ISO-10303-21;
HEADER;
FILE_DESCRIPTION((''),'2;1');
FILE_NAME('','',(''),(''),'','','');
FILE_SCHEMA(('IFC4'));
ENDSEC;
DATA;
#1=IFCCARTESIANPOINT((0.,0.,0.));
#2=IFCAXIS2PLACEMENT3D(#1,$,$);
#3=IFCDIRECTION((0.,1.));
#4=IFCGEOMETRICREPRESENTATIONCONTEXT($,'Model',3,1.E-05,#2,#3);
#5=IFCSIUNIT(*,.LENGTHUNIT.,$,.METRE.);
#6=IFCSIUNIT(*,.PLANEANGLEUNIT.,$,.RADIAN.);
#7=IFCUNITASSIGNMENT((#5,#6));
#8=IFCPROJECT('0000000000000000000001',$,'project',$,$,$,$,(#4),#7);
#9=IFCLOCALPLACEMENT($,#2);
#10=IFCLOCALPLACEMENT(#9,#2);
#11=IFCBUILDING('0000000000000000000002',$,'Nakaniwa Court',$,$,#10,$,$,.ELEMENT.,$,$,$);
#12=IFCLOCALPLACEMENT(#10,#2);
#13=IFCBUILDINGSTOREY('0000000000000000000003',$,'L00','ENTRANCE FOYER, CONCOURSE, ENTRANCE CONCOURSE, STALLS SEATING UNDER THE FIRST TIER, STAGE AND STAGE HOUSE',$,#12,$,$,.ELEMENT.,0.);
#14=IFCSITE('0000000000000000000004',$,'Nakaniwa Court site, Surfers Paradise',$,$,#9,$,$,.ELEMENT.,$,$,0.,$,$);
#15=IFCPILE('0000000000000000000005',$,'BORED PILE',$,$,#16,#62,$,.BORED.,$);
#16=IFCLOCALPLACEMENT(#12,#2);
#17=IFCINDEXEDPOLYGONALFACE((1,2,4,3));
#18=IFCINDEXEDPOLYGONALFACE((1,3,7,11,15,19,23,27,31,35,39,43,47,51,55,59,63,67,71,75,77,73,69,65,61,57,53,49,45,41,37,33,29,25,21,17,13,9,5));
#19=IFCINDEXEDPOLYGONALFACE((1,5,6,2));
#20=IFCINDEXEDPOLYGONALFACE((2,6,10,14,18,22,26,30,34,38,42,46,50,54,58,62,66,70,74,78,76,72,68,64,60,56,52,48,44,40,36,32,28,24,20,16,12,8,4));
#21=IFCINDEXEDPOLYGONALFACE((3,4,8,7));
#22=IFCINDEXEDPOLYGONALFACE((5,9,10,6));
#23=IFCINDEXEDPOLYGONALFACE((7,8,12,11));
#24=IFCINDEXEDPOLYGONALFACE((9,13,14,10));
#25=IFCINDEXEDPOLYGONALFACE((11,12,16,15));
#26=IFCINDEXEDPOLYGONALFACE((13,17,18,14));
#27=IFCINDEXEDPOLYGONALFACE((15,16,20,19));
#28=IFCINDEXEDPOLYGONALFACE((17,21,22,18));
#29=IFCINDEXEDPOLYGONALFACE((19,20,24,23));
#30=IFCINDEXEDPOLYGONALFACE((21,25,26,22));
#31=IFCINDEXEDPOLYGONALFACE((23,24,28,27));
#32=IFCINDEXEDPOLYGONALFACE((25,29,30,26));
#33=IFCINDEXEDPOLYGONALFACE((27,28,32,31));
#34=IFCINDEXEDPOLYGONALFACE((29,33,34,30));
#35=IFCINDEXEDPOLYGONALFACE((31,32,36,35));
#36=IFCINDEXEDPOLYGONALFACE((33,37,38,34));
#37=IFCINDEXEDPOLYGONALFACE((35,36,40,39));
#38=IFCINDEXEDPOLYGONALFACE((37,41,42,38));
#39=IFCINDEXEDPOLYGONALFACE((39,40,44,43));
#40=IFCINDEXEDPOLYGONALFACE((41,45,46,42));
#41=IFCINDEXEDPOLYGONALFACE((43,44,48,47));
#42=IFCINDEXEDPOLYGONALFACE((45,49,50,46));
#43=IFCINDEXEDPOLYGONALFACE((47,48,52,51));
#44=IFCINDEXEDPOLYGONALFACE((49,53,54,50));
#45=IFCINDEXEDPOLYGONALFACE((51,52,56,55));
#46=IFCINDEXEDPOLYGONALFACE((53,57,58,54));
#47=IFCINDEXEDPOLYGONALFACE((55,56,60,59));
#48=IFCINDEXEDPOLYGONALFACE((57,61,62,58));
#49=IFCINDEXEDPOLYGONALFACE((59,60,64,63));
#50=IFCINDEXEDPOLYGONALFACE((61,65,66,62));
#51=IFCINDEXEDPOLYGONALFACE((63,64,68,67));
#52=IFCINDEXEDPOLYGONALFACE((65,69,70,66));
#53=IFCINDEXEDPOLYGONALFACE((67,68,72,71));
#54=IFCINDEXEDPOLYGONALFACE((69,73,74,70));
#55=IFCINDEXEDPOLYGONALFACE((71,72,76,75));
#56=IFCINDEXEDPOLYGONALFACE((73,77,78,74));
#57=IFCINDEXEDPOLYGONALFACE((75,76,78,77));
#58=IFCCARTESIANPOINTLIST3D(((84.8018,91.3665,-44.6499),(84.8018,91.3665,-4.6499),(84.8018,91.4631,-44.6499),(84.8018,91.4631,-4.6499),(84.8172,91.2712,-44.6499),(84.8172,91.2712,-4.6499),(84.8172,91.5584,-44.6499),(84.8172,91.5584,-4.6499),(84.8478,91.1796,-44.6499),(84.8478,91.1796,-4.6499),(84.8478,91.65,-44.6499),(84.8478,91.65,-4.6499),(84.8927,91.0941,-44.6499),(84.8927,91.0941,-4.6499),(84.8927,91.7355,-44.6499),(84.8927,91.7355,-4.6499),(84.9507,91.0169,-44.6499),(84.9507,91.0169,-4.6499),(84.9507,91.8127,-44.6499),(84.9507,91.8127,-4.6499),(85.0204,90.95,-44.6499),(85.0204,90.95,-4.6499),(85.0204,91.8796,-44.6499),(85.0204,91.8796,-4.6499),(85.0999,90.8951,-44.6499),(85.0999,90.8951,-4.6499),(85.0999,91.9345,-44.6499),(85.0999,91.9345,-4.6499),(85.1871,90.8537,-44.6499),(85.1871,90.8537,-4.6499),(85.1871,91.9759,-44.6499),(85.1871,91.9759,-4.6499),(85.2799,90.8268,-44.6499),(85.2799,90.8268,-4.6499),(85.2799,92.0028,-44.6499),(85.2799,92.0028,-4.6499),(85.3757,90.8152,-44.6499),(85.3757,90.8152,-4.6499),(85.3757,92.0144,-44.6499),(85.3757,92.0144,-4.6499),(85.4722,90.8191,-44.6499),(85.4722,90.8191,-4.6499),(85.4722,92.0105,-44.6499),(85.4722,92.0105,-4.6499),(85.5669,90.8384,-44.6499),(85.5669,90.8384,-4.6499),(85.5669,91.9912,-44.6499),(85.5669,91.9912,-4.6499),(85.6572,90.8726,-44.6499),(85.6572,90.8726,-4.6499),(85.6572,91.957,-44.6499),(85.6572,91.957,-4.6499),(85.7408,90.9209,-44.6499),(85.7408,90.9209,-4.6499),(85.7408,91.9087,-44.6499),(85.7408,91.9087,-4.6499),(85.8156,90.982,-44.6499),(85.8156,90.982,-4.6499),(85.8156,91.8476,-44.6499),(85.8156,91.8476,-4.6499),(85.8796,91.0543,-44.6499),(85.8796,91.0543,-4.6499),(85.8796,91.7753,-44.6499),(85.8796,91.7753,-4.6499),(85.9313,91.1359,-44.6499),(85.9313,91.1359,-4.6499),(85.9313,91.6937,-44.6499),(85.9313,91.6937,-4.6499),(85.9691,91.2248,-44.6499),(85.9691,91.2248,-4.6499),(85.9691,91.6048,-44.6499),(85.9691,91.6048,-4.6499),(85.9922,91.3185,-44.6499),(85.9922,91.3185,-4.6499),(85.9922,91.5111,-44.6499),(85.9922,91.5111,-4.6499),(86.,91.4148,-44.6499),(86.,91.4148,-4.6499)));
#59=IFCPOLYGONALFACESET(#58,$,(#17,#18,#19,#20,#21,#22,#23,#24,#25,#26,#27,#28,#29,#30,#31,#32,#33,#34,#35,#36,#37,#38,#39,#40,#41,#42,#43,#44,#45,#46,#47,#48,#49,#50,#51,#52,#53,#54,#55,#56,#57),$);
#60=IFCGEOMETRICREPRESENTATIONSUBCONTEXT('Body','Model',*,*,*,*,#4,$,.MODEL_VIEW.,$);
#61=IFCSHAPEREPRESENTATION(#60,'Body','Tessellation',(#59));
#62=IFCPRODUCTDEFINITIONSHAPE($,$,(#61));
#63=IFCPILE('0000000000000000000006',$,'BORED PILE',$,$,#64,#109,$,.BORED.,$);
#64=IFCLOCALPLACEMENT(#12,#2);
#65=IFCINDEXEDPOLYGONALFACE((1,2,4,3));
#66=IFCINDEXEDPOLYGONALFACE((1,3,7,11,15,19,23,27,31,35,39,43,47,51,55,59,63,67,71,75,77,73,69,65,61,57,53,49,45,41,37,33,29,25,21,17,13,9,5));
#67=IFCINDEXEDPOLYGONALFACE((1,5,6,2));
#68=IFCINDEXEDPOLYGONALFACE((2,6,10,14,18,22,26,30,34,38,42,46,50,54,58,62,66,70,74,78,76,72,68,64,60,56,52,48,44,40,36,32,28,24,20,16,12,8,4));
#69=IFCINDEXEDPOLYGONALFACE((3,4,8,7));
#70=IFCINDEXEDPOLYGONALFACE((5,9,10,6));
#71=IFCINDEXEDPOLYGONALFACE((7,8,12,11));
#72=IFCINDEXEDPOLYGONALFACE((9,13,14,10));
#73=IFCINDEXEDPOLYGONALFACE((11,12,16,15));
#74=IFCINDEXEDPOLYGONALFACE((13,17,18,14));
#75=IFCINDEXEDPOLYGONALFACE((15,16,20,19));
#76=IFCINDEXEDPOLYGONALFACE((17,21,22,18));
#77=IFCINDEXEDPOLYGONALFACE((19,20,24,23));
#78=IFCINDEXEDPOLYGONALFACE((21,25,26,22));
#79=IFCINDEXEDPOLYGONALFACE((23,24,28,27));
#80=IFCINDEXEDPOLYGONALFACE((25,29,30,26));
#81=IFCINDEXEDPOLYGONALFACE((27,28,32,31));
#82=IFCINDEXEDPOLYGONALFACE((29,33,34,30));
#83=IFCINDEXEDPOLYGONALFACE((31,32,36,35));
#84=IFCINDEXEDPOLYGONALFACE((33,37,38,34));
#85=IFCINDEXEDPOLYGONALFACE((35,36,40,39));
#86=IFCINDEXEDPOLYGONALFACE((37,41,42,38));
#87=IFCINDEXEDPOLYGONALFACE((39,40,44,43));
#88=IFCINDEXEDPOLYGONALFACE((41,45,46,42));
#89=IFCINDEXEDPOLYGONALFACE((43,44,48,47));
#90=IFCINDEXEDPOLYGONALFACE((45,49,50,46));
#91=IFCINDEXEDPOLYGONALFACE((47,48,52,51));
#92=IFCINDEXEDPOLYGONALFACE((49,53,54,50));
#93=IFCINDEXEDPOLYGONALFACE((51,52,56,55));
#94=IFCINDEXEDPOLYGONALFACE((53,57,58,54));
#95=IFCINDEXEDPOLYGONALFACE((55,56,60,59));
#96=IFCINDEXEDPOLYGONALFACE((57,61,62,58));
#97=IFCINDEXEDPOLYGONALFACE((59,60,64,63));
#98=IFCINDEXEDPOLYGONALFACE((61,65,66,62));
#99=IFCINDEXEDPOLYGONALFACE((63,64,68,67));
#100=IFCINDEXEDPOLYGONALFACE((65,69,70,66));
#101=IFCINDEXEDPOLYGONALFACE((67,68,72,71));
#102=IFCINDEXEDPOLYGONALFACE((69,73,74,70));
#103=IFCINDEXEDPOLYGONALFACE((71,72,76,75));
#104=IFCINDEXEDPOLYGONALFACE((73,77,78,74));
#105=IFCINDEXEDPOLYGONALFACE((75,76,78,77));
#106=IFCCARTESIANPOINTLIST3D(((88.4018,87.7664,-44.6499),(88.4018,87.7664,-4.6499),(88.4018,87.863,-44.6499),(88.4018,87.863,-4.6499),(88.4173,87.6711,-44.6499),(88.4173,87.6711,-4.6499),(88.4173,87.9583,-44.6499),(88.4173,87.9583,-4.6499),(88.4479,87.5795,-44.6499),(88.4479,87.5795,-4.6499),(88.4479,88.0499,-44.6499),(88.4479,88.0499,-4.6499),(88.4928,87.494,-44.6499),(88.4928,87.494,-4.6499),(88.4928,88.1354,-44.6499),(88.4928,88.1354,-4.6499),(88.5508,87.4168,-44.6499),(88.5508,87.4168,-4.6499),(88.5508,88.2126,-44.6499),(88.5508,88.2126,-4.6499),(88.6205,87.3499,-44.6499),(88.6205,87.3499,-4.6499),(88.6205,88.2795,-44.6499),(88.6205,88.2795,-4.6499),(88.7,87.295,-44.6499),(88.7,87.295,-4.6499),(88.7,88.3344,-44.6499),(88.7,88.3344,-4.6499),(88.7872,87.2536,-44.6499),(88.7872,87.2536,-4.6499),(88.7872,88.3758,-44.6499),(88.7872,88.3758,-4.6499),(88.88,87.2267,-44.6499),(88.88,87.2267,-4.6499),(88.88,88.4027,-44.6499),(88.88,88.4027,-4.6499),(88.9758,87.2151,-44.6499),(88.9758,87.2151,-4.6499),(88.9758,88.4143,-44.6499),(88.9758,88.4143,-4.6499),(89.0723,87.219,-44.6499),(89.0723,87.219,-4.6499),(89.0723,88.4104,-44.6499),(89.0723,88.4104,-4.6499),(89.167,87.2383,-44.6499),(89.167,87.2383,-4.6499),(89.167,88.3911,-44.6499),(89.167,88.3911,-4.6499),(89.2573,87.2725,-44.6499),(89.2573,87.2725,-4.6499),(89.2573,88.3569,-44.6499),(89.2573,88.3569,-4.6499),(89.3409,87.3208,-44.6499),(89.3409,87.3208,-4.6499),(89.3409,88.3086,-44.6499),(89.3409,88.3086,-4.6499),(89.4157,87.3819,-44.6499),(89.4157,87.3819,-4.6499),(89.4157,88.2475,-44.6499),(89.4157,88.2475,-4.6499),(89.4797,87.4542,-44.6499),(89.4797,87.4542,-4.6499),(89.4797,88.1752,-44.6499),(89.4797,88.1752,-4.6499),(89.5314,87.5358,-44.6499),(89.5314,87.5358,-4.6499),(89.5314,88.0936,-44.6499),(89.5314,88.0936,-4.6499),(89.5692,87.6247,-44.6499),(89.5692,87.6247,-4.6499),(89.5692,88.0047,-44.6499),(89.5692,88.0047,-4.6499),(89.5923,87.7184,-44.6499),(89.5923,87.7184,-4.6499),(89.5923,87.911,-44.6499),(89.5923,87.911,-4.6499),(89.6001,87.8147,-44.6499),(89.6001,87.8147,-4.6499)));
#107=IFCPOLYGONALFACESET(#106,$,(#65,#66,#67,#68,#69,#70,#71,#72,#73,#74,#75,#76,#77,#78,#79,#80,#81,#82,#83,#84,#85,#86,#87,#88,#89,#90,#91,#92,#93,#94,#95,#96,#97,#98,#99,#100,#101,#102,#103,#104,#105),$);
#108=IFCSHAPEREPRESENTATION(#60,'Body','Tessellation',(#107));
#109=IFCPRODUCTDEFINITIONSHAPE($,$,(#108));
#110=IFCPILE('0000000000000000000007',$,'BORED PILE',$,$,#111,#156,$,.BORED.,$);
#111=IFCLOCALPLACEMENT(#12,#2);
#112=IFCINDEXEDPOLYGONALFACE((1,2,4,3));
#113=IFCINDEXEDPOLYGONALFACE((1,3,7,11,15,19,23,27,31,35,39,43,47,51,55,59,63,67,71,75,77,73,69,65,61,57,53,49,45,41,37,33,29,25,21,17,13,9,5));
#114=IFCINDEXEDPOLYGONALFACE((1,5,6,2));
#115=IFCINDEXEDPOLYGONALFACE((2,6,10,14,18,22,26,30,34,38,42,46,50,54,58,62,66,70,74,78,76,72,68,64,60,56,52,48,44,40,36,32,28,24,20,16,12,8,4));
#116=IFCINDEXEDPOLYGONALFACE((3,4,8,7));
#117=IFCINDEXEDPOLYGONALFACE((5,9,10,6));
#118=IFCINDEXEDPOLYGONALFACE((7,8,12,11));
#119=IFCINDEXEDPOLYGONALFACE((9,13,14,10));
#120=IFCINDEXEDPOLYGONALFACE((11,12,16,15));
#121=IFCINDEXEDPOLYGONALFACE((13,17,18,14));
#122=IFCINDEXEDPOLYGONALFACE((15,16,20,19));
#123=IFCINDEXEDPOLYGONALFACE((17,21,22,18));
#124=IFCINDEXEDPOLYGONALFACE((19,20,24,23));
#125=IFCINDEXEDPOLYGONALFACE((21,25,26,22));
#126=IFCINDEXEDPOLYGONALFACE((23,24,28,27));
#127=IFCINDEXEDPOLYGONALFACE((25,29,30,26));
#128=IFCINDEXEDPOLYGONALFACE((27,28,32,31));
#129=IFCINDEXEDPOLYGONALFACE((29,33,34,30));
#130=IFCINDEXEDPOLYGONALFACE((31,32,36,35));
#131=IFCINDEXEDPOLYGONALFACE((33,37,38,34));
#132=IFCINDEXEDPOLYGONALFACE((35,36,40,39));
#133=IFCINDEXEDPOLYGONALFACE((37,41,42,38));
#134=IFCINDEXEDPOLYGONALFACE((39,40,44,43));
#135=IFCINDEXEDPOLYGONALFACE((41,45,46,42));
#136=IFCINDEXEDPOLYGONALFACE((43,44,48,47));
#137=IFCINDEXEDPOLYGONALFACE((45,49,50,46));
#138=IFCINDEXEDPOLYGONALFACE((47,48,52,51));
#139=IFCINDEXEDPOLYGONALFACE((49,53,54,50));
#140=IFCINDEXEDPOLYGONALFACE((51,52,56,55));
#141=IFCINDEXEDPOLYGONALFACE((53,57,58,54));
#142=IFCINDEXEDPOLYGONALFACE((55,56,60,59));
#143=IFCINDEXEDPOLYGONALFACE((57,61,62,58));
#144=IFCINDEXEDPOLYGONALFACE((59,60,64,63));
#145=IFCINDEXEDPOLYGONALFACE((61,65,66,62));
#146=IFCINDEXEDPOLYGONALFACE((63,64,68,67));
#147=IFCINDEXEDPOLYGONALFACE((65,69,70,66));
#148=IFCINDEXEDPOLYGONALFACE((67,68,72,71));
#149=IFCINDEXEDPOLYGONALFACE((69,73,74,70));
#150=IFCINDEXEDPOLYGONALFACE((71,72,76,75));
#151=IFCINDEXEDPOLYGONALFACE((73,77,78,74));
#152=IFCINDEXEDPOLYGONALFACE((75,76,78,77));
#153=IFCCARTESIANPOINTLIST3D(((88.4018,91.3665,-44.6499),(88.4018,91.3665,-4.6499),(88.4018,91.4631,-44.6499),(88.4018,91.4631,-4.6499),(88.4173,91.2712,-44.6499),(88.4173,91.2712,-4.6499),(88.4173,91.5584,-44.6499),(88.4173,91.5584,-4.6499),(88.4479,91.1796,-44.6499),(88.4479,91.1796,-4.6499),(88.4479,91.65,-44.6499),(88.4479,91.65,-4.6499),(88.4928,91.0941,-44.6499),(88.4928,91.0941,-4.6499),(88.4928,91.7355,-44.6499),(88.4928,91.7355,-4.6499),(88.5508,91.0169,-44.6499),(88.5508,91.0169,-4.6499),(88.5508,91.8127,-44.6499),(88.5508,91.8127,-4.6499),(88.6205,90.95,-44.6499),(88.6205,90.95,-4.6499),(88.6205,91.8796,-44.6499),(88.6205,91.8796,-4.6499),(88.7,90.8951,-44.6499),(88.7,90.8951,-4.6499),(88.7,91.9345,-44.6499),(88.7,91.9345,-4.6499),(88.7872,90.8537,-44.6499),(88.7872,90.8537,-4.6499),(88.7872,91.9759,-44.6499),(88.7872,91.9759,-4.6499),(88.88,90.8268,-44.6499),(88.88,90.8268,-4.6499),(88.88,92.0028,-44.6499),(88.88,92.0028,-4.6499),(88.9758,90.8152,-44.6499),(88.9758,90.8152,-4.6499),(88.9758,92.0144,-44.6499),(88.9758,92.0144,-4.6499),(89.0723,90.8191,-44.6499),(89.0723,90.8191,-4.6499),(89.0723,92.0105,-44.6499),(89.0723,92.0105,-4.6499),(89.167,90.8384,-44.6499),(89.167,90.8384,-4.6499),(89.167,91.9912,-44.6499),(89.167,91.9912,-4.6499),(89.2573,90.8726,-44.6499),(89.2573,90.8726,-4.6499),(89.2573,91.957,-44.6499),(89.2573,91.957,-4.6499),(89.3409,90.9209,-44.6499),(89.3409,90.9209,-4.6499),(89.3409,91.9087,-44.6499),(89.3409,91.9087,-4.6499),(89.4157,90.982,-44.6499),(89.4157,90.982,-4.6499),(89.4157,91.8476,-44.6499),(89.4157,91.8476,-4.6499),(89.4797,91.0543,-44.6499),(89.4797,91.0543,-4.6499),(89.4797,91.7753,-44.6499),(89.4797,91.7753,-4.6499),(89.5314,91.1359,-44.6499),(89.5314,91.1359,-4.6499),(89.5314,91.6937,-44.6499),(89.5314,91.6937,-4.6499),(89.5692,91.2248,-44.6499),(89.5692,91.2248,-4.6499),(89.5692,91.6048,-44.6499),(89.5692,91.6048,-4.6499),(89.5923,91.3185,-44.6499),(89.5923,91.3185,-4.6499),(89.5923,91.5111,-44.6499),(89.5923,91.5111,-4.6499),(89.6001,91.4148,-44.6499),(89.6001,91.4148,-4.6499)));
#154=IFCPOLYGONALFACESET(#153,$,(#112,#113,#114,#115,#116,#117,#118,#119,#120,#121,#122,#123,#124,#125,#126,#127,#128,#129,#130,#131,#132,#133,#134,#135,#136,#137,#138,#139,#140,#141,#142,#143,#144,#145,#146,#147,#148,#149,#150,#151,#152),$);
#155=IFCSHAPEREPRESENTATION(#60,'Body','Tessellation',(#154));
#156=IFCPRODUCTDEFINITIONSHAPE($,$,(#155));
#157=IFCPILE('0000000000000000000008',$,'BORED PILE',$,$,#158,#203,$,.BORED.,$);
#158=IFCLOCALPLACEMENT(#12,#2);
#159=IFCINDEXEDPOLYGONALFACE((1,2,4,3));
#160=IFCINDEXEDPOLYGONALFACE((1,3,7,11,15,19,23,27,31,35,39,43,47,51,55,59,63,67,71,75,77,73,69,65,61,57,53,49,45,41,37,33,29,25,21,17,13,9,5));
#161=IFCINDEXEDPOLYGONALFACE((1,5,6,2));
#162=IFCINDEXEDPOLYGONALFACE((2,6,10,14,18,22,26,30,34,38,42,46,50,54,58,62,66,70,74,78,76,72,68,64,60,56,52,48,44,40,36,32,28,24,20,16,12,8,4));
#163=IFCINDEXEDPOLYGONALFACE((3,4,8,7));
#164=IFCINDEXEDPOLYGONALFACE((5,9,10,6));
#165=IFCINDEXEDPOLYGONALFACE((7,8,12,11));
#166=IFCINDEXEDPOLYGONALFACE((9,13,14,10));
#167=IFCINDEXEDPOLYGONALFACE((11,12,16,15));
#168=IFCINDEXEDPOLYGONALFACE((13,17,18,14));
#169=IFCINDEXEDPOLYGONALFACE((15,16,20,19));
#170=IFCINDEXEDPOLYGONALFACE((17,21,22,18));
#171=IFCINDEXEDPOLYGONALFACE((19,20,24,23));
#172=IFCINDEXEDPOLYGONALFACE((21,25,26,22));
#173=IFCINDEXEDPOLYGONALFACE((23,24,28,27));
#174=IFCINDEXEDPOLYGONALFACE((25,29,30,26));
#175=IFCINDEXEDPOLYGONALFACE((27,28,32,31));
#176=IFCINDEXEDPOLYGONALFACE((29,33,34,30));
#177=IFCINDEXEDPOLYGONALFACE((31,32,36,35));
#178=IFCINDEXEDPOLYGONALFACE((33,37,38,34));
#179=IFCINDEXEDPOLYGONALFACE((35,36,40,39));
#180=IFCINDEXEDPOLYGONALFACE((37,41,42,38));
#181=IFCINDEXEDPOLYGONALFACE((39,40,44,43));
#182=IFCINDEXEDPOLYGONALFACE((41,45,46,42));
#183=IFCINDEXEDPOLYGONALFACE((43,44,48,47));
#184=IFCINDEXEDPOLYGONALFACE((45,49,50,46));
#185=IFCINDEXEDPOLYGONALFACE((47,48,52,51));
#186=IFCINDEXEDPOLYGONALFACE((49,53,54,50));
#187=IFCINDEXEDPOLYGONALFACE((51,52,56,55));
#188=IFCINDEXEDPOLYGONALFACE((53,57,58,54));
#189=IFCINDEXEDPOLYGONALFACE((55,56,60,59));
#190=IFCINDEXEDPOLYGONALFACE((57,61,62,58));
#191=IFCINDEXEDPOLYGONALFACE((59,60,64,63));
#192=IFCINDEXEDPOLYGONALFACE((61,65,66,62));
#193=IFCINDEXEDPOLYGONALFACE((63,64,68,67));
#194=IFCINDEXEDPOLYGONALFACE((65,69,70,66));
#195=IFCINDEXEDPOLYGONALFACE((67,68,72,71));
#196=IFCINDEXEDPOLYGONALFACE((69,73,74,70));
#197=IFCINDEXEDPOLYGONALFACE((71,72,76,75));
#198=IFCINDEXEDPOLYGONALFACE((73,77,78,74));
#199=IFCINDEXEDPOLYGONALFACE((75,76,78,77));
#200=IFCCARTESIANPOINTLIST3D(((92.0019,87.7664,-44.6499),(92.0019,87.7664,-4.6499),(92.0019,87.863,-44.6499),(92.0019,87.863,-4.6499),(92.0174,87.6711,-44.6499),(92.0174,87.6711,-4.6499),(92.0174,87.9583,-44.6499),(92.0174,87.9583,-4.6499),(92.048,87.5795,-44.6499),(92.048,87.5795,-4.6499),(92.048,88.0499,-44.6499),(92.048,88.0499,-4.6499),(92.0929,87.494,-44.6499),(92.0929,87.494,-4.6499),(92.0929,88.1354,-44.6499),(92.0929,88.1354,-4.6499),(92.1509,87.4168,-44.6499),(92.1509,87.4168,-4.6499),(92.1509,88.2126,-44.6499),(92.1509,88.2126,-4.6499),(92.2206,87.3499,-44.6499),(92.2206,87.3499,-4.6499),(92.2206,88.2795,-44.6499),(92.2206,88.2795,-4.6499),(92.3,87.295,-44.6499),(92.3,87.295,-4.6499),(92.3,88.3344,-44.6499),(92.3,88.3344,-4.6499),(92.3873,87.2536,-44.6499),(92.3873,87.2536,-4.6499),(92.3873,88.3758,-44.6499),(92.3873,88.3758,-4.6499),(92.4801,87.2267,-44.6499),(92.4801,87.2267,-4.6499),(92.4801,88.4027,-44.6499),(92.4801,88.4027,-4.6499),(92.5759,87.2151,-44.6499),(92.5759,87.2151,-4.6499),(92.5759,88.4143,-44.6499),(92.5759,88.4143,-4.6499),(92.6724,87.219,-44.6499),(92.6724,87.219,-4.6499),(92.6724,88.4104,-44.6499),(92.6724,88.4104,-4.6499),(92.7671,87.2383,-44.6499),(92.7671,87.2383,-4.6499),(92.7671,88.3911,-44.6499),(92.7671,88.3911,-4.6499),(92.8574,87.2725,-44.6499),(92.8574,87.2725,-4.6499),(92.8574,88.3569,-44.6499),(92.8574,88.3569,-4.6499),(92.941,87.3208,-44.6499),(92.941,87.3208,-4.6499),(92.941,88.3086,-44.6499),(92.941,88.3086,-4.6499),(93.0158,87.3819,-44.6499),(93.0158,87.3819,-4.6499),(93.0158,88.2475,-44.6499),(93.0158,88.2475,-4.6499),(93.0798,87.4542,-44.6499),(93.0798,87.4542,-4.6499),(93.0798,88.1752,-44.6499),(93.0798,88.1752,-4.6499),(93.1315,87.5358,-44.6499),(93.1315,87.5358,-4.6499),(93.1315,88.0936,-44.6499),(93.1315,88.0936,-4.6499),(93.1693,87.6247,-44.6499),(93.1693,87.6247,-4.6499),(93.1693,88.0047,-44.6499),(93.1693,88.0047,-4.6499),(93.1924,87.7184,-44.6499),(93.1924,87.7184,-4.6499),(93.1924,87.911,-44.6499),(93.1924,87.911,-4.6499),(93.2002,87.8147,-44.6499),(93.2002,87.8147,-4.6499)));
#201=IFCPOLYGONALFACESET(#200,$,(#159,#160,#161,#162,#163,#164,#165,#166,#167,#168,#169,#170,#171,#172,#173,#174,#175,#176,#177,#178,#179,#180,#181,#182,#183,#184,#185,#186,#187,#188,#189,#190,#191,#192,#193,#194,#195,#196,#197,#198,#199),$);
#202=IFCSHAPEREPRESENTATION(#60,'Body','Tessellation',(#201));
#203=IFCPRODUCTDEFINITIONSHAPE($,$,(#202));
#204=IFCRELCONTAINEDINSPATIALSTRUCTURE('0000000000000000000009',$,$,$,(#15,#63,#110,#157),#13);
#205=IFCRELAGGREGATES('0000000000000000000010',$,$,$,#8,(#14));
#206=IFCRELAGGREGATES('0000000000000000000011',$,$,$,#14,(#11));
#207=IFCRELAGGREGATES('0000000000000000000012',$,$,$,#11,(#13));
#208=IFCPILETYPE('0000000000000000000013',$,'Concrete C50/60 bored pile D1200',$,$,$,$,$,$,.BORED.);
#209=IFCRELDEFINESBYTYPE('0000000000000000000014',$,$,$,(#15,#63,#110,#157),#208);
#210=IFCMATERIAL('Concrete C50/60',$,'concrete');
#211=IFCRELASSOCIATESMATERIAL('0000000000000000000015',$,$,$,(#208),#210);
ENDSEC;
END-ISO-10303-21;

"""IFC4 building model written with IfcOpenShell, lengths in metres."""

from ifc_helpers import new_model, si_unit, direction, frame, origin, origin_2d, place, context, subcontext, project, spatial, circle, extrude, material, material_profile, profile_set, type_object, element, save


model = new_model("IFC4")

# Units and contexts
model_context = context("Model", 3, precision=1e-05, world=origin(), true_north=direction((0.0, 1.0)))
body_context = subcontext(model_context, "Body", "Model", "MODEL_VIEW")
ifc_project = project(units=[si_unit("LENGTHUNIT", "METRE"), si_unit("PLANEANGLEUNIT", "RADIAN")], contexts=[model_context])

# Site, building, storey
site_placement = place(None, origin())
site = spatial("IfcSite", under=ifc_project, at=site_placement, Name="Nakaniwa Court site, Surfers Paradise", CompositionType="ELEMENT", RefElevation=0.0)
building_placement = place(site_placement, origin())
building = spatial("IfcBuilding", under=site, at=building_placement, Name="Nakaniwa Court", CompositionType="ELEMENT")
storey_placement = place(building_placement, origin())
storey = spatial("IfcBuildingStorey", under=building, at=storey_placement, Name="L00", Description="ENTRANCE FOYER, CONCOURSE, ENTRANCE CONCOURSE, STALLS SEATING UNDER THE FIRST TIER, STAGE AND STAGE HOUSE", CompositionType="ELEMENT", Elevation=0.0)

# Piles
ifc_material_1 = material(Name="Concrete C50/60", Category="concrete")
ifc_material_profile_1 = material_profile(ifc_material_1, circle(Radius=0.6001, at=origin_2d()), Name="Concrete C50/60 bored pile D1200")
ifc_profile_set_1 = profile_set([ifc_material_profile_1], Name="Concrete C50/60")
pile_type = type_object("IfcPileType", Name="Concrete C50/60 bored pile D1200", PredefinedType="BORED", material=ifc_profile_set_1)
for number, where, z_axis, x_axis, name in (
    (1, (85.3999, 91.4148, -4.6499), (0.0, 0.0, -1.0), (1.0, 0.0, 0.0), "BORED PILE"),
    (2, (89.0, 87.8147, -4.6499), (0.0, 0.0, -1.0), (1.0, 0.0, 0.0), "BORED PILE"),
    (3, (89.0, 91.4148, -4.6499), (0.0, 0.0, -1.0), (1.0, 0.0, 0.0), "BORED PILE"),
    (4, (92.6001, 87.8147, -4.6499), (0.0, 0.0, -1.0), (1.0, 0.0, 0.0), "BORED PILE"),
):
    element("IfcPile", number, at=place(storey_placement, frame(where, z_axis=z_axis, x_axis=x_axis)), inside=storey, type_object=pile_type, Name=name, PredefinedType="BORED", context=body_context, shape_type="SweptSolid", body=[
        extrude(circle(Radius=0.6001, at=origin_2d()), origin(), (0.0, 0.0, 1.0), 40.0),
    ])

save(model, "model.ifc")
